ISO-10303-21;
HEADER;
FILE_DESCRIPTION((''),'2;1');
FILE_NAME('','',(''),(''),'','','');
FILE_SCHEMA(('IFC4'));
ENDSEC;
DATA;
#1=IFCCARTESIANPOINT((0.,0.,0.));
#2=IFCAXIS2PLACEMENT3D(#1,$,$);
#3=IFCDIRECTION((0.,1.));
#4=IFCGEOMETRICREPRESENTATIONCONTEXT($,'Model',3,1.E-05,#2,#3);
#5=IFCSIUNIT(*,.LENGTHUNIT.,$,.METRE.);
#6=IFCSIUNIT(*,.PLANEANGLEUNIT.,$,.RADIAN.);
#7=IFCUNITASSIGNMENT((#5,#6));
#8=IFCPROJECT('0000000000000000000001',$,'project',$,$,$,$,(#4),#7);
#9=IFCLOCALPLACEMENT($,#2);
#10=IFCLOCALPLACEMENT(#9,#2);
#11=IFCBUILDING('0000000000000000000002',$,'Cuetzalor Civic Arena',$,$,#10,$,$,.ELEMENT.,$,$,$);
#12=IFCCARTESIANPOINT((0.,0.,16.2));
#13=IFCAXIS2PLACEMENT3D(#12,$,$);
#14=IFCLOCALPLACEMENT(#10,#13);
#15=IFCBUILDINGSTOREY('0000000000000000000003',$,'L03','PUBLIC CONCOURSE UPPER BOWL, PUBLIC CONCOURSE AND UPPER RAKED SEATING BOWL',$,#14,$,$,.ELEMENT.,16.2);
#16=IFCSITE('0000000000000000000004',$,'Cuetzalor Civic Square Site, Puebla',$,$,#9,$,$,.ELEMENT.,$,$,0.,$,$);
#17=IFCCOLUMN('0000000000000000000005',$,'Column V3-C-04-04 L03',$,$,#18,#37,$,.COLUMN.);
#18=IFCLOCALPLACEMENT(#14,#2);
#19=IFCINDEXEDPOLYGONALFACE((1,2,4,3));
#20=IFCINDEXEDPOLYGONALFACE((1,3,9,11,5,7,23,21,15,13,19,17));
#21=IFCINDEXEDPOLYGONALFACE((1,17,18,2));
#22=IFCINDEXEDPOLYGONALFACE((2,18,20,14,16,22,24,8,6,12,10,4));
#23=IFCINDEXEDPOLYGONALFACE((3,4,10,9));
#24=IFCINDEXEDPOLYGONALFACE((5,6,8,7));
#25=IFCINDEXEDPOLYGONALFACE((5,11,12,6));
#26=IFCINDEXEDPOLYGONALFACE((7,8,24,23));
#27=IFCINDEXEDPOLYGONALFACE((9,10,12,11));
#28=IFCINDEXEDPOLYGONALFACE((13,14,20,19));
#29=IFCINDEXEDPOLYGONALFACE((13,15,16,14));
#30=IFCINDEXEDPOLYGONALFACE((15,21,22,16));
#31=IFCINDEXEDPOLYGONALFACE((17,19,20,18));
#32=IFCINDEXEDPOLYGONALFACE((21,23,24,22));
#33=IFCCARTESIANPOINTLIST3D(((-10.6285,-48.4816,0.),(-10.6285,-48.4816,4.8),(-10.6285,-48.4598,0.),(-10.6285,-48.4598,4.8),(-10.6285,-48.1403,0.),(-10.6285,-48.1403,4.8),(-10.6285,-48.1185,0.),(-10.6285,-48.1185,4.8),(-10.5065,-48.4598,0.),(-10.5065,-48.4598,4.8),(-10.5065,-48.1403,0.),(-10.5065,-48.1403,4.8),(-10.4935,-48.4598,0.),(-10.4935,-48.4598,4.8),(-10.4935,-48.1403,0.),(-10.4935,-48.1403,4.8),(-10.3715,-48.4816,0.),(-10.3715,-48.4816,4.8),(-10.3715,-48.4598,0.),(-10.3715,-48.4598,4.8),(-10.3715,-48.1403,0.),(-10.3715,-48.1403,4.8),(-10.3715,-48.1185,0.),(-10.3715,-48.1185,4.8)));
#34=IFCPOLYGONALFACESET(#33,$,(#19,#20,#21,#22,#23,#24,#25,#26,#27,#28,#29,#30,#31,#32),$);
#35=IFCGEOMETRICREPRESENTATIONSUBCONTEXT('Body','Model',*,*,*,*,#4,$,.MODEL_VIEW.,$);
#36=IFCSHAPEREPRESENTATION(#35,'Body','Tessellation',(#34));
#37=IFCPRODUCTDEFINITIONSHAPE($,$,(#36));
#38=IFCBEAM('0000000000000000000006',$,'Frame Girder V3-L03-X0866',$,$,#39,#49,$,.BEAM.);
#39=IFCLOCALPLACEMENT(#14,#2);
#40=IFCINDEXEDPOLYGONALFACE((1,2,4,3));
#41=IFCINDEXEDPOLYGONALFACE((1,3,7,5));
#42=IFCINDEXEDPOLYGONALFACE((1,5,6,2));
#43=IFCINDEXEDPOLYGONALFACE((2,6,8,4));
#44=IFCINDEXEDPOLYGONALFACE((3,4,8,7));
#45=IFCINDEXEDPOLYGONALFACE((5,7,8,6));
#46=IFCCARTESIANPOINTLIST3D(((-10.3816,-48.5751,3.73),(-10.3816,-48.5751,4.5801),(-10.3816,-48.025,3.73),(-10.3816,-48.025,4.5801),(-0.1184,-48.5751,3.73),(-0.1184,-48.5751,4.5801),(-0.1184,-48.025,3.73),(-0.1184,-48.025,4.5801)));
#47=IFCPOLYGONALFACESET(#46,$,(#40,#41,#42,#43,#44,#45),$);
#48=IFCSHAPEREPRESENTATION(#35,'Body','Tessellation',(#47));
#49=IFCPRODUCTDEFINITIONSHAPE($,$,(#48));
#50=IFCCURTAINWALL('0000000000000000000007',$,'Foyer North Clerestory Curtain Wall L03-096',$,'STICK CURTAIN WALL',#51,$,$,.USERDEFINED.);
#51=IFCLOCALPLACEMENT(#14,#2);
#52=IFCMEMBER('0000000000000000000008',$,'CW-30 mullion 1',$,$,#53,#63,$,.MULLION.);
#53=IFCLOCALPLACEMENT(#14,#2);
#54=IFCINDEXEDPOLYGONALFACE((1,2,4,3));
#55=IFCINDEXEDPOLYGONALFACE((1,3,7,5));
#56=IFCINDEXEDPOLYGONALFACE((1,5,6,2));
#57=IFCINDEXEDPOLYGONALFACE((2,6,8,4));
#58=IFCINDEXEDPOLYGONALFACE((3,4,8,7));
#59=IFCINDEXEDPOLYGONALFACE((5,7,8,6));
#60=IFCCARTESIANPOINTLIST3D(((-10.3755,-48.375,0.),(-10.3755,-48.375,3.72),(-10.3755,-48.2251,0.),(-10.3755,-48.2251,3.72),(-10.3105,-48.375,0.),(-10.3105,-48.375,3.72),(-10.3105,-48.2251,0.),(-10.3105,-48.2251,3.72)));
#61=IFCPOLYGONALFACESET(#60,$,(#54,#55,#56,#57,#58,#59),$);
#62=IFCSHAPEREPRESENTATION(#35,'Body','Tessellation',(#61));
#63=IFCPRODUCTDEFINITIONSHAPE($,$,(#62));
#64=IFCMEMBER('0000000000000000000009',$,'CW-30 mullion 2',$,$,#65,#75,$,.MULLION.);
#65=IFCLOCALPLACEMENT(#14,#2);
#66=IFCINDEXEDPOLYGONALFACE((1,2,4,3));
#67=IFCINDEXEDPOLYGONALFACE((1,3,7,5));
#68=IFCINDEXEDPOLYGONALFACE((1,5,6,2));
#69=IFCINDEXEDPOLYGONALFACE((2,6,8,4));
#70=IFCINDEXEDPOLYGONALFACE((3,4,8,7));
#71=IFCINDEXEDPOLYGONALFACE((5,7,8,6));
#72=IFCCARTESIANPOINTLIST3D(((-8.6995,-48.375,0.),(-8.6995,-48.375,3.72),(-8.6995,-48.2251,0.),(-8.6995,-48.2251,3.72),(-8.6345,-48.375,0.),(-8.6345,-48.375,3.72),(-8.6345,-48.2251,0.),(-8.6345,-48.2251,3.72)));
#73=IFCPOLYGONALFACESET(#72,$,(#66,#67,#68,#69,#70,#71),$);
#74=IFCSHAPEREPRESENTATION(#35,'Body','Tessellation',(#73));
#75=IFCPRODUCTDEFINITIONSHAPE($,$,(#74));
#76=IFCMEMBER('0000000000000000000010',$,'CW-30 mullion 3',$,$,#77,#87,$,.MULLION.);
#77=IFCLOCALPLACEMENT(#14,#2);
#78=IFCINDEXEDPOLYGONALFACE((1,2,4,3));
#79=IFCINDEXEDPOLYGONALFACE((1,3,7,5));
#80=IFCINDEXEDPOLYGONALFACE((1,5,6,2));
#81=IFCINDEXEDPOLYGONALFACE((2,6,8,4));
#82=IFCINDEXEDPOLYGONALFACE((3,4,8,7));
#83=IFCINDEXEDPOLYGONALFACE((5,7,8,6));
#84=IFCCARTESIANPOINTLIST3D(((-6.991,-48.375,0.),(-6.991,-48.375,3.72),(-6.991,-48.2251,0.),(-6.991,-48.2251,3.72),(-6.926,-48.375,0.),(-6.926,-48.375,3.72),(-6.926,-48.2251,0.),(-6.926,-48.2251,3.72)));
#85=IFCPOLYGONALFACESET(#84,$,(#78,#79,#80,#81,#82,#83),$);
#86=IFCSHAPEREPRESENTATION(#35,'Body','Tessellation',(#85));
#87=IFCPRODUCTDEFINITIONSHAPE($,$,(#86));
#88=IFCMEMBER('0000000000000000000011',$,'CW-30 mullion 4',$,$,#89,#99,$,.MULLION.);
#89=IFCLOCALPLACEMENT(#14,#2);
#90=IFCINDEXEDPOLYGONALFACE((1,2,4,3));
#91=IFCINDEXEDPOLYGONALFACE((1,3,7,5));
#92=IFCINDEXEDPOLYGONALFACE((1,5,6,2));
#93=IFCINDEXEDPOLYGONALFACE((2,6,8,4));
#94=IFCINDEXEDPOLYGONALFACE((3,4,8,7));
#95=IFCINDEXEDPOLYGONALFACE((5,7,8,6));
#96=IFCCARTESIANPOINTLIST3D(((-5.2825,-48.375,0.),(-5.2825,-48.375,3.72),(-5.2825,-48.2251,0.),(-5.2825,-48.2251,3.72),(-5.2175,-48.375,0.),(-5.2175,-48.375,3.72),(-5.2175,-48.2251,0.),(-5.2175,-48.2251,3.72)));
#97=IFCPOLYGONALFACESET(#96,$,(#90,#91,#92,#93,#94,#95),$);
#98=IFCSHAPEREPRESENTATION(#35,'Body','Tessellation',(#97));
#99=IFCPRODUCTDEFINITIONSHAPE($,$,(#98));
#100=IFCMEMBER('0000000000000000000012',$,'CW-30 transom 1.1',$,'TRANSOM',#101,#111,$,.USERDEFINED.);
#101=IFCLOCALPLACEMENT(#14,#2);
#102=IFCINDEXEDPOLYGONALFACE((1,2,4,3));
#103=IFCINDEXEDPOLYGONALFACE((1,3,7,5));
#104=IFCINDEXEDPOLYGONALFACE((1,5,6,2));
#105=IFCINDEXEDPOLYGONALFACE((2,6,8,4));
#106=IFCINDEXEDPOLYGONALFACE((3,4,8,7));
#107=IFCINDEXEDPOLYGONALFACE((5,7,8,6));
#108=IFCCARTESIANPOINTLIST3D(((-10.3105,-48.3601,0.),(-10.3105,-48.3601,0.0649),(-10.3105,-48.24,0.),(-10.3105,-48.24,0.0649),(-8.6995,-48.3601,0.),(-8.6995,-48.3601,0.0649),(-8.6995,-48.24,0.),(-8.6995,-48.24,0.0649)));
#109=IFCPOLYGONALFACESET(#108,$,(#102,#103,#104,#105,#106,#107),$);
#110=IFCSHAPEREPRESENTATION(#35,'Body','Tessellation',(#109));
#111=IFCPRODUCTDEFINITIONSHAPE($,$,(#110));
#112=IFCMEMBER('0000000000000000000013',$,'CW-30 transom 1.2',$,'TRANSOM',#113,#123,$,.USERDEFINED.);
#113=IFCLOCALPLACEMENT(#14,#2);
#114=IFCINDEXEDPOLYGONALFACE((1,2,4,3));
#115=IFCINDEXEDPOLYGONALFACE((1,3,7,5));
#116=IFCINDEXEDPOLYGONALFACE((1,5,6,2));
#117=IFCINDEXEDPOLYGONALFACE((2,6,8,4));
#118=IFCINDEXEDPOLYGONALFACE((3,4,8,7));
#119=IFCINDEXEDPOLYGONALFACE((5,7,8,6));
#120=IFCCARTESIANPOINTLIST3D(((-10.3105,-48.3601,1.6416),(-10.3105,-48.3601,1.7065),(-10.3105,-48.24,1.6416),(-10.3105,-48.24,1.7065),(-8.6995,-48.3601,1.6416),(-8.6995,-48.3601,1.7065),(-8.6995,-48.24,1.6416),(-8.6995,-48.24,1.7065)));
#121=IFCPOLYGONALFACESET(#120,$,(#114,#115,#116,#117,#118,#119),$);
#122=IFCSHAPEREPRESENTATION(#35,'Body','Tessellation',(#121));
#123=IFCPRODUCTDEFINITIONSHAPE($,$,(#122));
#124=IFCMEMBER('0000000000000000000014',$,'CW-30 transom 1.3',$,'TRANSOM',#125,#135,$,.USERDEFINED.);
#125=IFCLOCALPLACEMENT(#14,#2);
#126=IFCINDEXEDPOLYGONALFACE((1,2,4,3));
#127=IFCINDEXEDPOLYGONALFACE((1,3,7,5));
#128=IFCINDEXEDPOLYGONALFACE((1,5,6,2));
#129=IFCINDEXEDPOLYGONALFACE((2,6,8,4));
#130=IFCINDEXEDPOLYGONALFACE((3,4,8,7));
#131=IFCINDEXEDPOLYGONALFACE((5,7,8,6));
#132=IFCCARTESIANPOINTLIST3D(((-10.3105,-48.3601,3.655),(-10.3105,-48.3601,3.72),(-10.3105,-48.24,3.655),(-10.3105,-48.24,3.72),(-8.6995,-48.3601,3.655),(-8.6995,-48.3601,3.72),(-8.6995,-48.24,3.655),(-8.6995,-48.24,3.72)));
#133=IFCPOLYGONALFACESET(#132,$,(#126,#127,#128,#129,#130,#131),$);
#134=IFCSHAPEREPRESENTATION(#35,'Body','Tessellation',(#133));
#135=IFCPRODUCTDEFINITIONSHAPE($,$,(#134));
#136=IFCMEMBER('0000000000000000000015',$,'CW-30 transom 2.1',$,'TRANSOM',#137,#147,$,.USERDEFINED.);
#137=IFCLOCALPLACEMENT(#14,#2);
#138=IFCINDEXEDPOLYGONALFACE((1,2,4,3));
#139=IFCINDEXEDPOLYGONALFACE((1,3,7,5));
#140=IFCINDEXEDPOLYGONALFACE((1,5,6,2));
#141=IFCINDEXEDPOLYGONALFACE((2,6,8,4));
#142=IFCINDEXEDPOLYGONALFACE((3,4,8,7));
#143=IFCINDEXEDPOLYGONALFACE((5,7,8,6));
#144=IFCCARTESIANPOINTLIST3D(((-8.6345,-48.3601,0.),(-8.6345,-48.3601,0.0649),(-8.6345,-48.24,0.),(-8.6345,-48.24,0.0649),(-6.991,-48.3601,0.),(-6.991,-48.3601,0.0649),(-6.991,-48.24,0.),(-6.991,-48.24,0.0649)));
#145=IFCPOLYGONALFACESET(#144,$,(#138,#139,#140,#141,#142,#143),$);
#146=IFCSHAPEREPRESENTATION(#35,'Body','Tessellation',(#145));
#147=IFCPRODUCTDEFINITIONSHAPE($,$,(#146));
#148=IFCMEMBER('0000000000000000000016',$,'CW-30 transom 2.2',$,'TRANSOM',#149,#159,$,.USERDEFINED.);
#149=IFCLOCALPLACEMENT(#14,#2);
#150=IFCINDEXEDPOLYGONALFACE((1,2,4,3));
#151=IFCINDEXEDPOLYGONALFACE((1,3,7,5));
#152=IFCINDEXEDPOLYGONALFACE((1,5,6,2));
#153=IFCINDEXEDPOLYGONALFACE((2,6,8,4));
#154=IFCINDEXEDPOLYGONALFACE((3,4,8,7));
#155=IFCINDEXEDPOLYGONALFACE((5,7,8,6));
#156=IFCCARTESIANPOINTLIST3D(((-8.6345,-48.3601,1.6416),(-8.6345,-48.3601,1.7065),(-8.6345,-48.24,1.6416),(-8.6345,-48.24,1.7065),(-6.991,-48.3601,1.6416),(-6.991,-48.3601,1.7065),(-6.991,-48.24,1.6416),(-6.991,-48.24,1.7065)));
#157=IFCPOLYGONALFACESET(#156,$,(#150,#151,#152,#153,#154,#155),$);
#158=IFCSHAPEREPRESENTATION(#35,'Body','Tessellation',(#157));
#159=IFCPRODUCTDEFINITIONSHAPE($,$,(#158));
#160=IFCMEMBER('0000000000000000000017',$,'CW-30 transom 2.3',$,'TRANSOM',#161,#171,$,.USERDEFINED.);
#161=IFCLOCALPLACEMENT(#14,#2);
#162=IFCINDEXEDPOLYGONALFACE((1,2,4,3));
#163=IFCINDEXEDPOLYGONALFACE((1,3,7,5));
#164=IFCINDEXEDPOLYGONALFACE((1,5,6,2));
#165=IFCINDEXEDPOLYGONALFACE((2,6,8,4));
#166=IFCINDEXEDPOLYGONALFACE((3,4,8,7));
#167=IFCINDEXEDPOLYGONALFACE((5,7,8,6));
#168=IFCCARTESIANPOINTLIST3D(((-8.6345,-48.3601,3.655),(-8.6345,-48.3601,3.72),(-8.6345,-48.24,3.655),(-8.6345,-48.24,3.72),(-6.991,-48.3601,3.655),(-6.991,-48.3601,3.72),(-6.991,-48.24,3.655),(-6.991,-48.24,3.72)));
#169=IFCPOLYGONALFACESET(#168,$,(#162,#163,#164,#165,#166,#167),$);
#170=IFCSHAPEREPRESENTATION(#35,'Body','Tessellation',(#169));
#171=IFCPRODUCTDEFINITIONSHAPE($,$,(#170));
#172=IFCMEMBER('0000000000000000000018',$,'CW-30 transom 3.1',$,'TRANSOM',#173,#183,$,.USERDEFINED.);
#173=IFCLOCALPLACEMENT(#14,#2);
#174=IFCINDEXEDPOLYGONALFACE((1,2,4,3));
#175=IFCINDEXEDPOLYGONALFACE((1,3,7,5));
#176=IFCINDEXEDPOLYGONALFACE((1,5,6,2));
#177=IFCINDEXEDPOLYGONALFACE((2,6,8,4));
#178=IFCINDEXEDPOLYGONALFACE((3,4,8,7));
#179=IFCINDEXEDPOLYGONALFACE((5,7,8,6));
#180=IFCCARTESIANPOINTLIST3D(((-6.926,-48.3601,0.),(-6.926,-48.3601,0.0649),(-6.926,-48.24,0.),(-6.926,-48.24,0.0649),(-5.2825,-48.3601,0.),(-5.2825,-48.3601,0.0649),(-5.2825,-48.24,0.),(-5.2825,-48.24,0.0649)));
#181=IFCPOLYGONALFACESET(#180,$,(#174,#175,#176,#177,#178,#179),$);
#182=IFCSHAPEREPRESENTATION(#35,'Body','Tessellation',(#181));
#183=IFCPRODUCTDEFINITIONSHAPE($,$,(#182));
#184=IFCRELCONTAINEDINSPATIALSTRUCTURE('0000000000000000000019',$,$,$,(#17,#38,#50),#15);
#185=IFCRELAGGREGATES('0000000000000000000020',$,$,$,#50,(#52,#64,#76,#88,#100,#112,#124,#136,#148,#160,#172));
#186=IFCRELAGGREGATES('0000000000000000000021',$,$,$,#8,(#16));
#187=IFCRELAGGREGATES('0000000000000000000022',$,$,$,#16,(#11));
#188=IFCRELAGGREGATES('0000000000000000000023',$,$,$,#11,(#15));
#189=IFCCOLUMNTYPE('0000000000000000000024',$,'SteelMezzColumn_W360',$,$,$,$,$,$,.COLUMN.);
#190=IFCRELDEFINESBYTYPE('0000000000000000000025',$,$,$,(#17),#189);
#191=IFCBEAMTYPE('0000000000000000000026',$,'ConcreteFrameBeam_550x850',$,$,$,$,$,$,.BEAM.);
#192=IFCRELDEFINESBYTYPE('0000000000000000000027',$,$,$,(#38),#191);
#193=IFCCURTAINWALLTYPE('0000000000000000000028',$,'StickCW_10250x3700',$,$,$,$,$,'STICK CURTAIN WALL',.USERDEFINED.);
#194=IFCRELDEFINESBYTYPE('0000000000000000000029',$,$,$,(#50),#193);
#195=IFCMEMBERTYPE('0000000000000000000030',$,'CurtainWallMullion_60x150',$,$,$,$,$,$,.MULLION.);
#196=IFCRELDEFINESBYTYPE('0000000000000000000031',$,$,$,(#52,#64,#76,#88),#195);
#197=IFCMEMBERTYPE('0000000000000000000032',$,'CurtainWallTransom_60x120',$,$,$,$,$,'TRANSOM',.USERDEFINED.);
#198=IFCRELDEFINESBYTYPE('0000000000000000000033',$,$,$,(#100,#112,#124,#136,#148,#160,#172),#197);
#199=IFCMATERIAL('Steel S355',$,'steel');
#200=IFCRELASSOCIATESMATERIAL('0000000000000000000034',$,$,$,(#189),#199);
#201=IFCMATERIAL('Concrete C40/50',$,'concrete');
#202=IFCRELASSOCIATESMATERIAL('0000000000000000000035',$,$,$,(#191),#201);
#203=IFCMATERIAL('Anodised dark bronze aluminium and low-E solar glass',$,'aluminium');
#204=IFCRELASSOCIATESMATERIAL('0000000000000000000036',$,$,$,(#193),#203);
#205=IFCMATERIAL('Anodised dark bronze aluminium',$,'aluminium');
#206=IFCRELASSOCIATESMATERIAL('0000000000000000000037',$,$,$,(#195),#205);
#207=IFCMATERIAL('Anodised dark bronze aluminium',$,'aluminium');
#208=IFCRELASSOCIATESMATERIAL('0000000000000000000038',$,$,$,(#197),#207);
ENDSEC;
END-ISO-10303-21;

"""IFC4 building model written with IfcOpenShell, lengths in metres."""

from ifc_helpers import new_model, si_unit, direction, frame, origin, origin_2d, place, context, subcontext, project, spatial, rectangle, i_section, extrude, material, material_profile, profile_set, type_object, element, aggregate, save


model = new_model("IFC4")

# Units and contexts
model_context = context("Model", 3, precision=1e-05, world=origin(), true_north=direction((0.0, 1.0)))
body_context = subcontext(model_context, "Body", "Model", "MODEL_VIEW")
ifc_project = project(units=[si_unit("LENGTHUNIT", "METRE"), si_unit("PLANEANGLEUNIT", "RADIAN")], contexts=[model_context])

# Site, building, storey
site_placement = place(None, origin())
site = spatial("IfcSite", under=ifc_project, at=site_placement, Name="Cuetzalor Civic Square Site, Puebla", CompositionType="ELEMENT", RefElevation=0.0)
building_placement = place(site_placement, origin())
building = spatial("IfcBuilding", under=site, at=building_placement, Name="Cuetzalor Civic Arena", CompositionType="ELEMENT")
storey_placement = place(building_placement, frame((0.0, 0.0, 16.2)))
storey = spatial("IfcBuildingStorey", under=building, at=storey_placement, Name="L03", Description="PUBLIC CONCOURSE UPPER BOWL, PUBLIC CONCOURSE AND UPPER RAKED SEATING BOWL", CompositionType="ELEMENT", Elevation=16.2)

# Column
ifc_material_1 = material(Name="Steel S355", Category="steel")
ifc_material_profile_1 = material_profile(ifc_material_1, i_section(OverallWidth=0.2571, OverallDepth=0.363, WebThickness=0.0129, FlangeThickness=0.0217, at=origin_2d()), Name="W360x122")
ifc_profile_set_1 = profile_set([ifc_material_profile_1], Name="Steel S355")
column_type = type_object("IfcColumnType", Name="SteelMezzColumn_W360", PredefinedType="COLUMN", material=ifc_profile_set_1)
column_placement = place(storey_placement, frame((-10.5, -48.3, 0.0), z_axis=(0.0, 0.0, 1.0), x_axis=(1.0, 0.0, 0.0)))
element("IfcColumn", 1, at=column_placement, inside=storey, type_object=column_type, Name="Column V3-C-04-04 L03", PredefinedType="COLUMN", context=body_context, shape_type="SweptSolid", body=[
    extrude(i_section(OverallWidth=0.2571, OverallDepth=0.363, WebThickness=0.0129, FlangeThickness=0.0217, at=origin_2d()), origin(), (0.0, 0.0, 1.0), 4.8),
])

# Beam
ifc_material_2 = material(Name="Concrete C40/50", Category="concrete")
ifc_material_profile_2 = material_profile(ifc_material_2, rectangle(XDim=0.55, YDim=0.8501, at=origin_2d()), Name="RC 550x850")
ifc_profile_set_2 = profile_set([ifc_material_profile_2], Name="Concrete C40/50")
beam_type = type_object("IfcBeamType", Name="ConcreteFrameBeam_550x850", PredefinedType="BEAM", material=ifc_profile_set_2)
beam_placement = place(storey_placement, frame((-10.3816, -48.3, 4.155), z_axis=(1.0, 0.0, 0.0), x_axis=(0.0, 1.0, 0.0)))
element("IfcBeam", 2, at=beam_placement, inside=storey, type_object=beam_type, Name="Frame Girder V3-L03-X0866", PredefinedType="BEAM", context=body_context, shape_type="SweptSolid", body=[
    extrude(rectangle(XDim=0.55, YDim=0.8501, at=origin_2d()), origin(), (0.0, 0.0, 1.0), 10.2632),
])

# Curtain wall, members
ifc_material_3 = material(Name="Anodised dark bronze aluminium and low-E solar glass", Category="aluminium")
curtain_wall_type = type_object("IfcCurtainWallType", Name="StickCW_10250x3700", ElementType="STICK CURTAIN WALL", PredefinedType="USERDEFINED", material=ifc_material_3)
curtain_wall_placement = place(storey_placement, origin())
curtain_wall = element("IfcCurtainWall", 3, at=curtain_wall_placement, inside=storey, type_object=curtain_wall_type, Name="Foyer North Clerestory Curtain Wall L03-096", ObjectType="STICK CURTAIN WALL", PredefinedType="USERDEFINED")
ifc_material_4 = material(Name="Anodised dark bronze aluminium", Category="aluminium")
ifc_material_profile_3 = material_profile(ifc_material_4, rectangle(XDim=0.0649, YDim=0.1499, at=origin_2d()), Name="ALU MULLION 65x150")
ifc_profile_set_3 = profile_set([ifc_material_profile_3], Name="Anodised dark bronze aluminium")
member_type_1 = type_object("IfcMemberType", Name="CurtainWallMullion_60x150", PredefinedType="MULLION", material=ifc_profile_set_3)
member_1_placement = place(storey_placement, frame((-10.343, -48.3, 0.0), z_axis=(0.0, 0.0, 1.0), x_axis=(1.0, 0.0, 0.0)))
member_1 = element("IfcMember", 4, at=member_1_placement, type_object=member_type_1, Name="CW-30 mullion 1", PredefinedType="MULLION", context=body_context, shape_type="SweptSolid", body=[
    extrude(rectangle(XDim=0.0649, YDim=0.1499, at=origin_2d()), origin(), (0.0, 0.0, 1.0), 3.72),
])
member_2_placement = place(storey_placement, frame((-8.667, -48.3, 0.0), z_axis=(0.0, 0.0, 1.0), x_axis=(1.0, 0.0, 0.0)))
member_2 = element("IfcMember", 5, at=member_2_placement, type_object=member_type_1, Name="CW-30 mullion 2", PredefinedType="MULLION", context=body_context, shape_type="SweptSolid", body=[
    extrude(rectangle(XDim=0.0649, YDim=0.1499, at=origin_2d()), origin(), (0.0, 0.0, 1.0), 3.72),
])
member_3_placement = place(storey_placement, frame((-6.9585, -48.3, 0.0), z_axis=(0.0, 0.0, 1.0), x_axis=(1.0, 0.0, 0.0)))
member_3 = element("IfcMember", 6, at=member_3_placement, type_object=member_type_1, Name="CW-30 mullion 3", PredefinedType="MULLION", context=body_context, shape_type="SweptSolid", body=[
    extrude(rectangle(XDim=0.0649, YDim=0.1499, at=origin_2d()), origin(), (0.0, 0.0, 1.0), 3.72),
])
member_4_placement = place(storey_placement, frame((-5.25, -48.3, 0.0), z_axis=(0.0, 0.0, 1.0), x_axis=(1.0, 0.0, 0.0)))
member_4 = element("IfcMember", 7, at=member_4_placement, type_object=member_type_1, Name="CW-30 mullion 4", PredefinedType="MULLION", context=body_context, shape_type="SweptSolid", body=[
    extrude(rectangle(XDim=0.0649, YDim=0.1499, at=origin_2d()), origin(), (0.0, 0.0, 1.0), 3.72),
])
ifc_material_5 = material(Name="Anodised dark bronze aluminium", Category="aluminium")
ifc_material_profile_4 = material_profile(ifc_material_5, rectangle(XDim=0.1201, YDim=0.0649, at=origin_2d()), Name="ALU TRANSOM 65x120")
ifc_profile_set_4 = profile_set([ifc_material_profile_4], Name="Anodised dark bronze aluminium")
member_type_2 = type_object("IfcMemberType", Name="CurtainWallTransom_60x120", ElementType="TRANSOM", PredefinedType="USERDEFINED", material=ifc_profile_set_4)
member_5_placement = place(storey_placement, frame((-10.3105, -48.3, 0.0325), z_axis=(1.0, 0.0, 0.0), x_axis=(0.0, 1.0, 0.0)))
member_5 = element("IfcMember", 8, at=member_5_placement, type_object=member_type_2, Name="CW-30 transom 1.1", ObjectType="TRANSOM", PredefinedType="USERDEFINED", context=body_context, shape_type="SweptSolid", body=[
    extrude(rectangle(XDim=0.1201, YDim=0.0649, at=origin_2d()), origin(), (0.0, 0.0, 1.0), 1.6111),
])
member_6_placement = place(storey_placement, frame((-10.3105, -48.3, 1.6741), z_axis=(1.0, 0.0, 0.0), x_axis=(0.0, 1.0, 0.0)))
member_6 = element("IfcMember", 9, at=member_6_placement, type_object=member_type_2, Name="CW-30 transom 1.2", ObjectType="TRANSOM", PredefinedType="USERDEFINED", context=body_context, shape_type="SweptSolid", body=[
    extrude(rectangle(XDim=0.1201, YDim=0.0649, at=origin_2d()), origin(), (0.0, 0.0, 1.0), 1.6111),
])
member_7_placement = place(storey_placement, frame((-10.3105, -48.3, 3.6875), z_axis=(1.0, 0.0, 0.0), x_axis=(0.0, 1.0, 0.0)))
member_7 = element("IfcMember", 10, at=member_7_placement, type_object=member_type_2, Name="CW-30 transom 1.3", ObjectType="TRANSOM", PredefinedType="USERDEFINED", context=body_context, shape_type="SweptSolid", body=[
    extrude(rectangle(XDim=0.1201, YDim=0.0649, at=origin_2d()), origin(), (0.0, 0.0, 1.0), 1.6111),
])
member_8_placement = place(storey_placement, frame((-8.6345, -48.3, 0.0325), z_axis=(1.0, 0.0, 0.0), x_axis=(0.0, 1.0, 0.0)))
member_8 = element("IfcMember", 11, at=member_8_placement, type_object=member_type_2, Name="CW-30 transom 2.1", ObjectType="TRANSOM", PredefinedType="USERDEFINED", context=body_context, shape_type="SweptSolid", body=[
    extrude(rectangle(XDim=0.1201, YDim=0.0649, at=origin_2d()), origin(), (0.0, 0.0, 1.0), 1.6436),
])
member_9_placement = place(storey_placement, frame((-8.6345, -48.3, 1.6741), z_axis=(1.0, 0.0, 0.0), x_axis=(0.0, 1.0, 0.0)))
member_9 = element("IfcMember", 12, at=member_9_placement, type_object=member_type_2, Name="CW-30 transom 2.2", ObjectType="TRANSOM", PredefinedType="USERDEFINED", context=body_context, shape_type="SweptSolid", body=[
    extrude(rectangle(XDim=0.1201, YDim=0.0649, at=origin_2d()), origin(), (0.0, 0.0, 1.0), 1.6436),
])
member_10_placement = place(storey_placement, frame((-8.6345, -48.3, 3.6875), z_axis=(1.0, 0.0, 0.0), x_axis=(0.0, 1.0, 0.0)))
member_10 = element("IfcMember", 13, at=member_10_placement, type_object=member_type_2, Name="CW-30 transom 2.3", ObjectType="TRANSOM", PredefinedType="USERDEFINED", context=body_context, shape_type="SweptSolid", body=[
    extrude(rectangle(XDim=0.1201, YDim=0.0649, at=origin_2d()), origin(), (0.0, 0.0, 1.0), 1.6436),
])
member_11_placement = place(storey_placement, frame((-6.926, -48.3, 0.0325), z_axis=(1.0, 0.0, 0.0), x_axis=(0.0, 1.0, 0.0)))
member_11 = element("IfcMember", 14, at=member_11_placement, type_object=member_type_2, Name="CW-30 transom 3.1", ObjectType="TRANSOM", PredefinedType="USERDEFINED", context=body_context, shape_type="SweptSolid", body=[
    extrude(rectangle(XDim=0.1201, YDim=0.0649, at=origin_2d()), origin(), (0.0, 0.0, 1.0), 1.6436),
])
aggregate(curtain_wall, [member_1, member_2, member_3, member_4, member_5, member_6, member_7, member_8, member_9, member_10, member_11])

save(model, "model.ifc")
